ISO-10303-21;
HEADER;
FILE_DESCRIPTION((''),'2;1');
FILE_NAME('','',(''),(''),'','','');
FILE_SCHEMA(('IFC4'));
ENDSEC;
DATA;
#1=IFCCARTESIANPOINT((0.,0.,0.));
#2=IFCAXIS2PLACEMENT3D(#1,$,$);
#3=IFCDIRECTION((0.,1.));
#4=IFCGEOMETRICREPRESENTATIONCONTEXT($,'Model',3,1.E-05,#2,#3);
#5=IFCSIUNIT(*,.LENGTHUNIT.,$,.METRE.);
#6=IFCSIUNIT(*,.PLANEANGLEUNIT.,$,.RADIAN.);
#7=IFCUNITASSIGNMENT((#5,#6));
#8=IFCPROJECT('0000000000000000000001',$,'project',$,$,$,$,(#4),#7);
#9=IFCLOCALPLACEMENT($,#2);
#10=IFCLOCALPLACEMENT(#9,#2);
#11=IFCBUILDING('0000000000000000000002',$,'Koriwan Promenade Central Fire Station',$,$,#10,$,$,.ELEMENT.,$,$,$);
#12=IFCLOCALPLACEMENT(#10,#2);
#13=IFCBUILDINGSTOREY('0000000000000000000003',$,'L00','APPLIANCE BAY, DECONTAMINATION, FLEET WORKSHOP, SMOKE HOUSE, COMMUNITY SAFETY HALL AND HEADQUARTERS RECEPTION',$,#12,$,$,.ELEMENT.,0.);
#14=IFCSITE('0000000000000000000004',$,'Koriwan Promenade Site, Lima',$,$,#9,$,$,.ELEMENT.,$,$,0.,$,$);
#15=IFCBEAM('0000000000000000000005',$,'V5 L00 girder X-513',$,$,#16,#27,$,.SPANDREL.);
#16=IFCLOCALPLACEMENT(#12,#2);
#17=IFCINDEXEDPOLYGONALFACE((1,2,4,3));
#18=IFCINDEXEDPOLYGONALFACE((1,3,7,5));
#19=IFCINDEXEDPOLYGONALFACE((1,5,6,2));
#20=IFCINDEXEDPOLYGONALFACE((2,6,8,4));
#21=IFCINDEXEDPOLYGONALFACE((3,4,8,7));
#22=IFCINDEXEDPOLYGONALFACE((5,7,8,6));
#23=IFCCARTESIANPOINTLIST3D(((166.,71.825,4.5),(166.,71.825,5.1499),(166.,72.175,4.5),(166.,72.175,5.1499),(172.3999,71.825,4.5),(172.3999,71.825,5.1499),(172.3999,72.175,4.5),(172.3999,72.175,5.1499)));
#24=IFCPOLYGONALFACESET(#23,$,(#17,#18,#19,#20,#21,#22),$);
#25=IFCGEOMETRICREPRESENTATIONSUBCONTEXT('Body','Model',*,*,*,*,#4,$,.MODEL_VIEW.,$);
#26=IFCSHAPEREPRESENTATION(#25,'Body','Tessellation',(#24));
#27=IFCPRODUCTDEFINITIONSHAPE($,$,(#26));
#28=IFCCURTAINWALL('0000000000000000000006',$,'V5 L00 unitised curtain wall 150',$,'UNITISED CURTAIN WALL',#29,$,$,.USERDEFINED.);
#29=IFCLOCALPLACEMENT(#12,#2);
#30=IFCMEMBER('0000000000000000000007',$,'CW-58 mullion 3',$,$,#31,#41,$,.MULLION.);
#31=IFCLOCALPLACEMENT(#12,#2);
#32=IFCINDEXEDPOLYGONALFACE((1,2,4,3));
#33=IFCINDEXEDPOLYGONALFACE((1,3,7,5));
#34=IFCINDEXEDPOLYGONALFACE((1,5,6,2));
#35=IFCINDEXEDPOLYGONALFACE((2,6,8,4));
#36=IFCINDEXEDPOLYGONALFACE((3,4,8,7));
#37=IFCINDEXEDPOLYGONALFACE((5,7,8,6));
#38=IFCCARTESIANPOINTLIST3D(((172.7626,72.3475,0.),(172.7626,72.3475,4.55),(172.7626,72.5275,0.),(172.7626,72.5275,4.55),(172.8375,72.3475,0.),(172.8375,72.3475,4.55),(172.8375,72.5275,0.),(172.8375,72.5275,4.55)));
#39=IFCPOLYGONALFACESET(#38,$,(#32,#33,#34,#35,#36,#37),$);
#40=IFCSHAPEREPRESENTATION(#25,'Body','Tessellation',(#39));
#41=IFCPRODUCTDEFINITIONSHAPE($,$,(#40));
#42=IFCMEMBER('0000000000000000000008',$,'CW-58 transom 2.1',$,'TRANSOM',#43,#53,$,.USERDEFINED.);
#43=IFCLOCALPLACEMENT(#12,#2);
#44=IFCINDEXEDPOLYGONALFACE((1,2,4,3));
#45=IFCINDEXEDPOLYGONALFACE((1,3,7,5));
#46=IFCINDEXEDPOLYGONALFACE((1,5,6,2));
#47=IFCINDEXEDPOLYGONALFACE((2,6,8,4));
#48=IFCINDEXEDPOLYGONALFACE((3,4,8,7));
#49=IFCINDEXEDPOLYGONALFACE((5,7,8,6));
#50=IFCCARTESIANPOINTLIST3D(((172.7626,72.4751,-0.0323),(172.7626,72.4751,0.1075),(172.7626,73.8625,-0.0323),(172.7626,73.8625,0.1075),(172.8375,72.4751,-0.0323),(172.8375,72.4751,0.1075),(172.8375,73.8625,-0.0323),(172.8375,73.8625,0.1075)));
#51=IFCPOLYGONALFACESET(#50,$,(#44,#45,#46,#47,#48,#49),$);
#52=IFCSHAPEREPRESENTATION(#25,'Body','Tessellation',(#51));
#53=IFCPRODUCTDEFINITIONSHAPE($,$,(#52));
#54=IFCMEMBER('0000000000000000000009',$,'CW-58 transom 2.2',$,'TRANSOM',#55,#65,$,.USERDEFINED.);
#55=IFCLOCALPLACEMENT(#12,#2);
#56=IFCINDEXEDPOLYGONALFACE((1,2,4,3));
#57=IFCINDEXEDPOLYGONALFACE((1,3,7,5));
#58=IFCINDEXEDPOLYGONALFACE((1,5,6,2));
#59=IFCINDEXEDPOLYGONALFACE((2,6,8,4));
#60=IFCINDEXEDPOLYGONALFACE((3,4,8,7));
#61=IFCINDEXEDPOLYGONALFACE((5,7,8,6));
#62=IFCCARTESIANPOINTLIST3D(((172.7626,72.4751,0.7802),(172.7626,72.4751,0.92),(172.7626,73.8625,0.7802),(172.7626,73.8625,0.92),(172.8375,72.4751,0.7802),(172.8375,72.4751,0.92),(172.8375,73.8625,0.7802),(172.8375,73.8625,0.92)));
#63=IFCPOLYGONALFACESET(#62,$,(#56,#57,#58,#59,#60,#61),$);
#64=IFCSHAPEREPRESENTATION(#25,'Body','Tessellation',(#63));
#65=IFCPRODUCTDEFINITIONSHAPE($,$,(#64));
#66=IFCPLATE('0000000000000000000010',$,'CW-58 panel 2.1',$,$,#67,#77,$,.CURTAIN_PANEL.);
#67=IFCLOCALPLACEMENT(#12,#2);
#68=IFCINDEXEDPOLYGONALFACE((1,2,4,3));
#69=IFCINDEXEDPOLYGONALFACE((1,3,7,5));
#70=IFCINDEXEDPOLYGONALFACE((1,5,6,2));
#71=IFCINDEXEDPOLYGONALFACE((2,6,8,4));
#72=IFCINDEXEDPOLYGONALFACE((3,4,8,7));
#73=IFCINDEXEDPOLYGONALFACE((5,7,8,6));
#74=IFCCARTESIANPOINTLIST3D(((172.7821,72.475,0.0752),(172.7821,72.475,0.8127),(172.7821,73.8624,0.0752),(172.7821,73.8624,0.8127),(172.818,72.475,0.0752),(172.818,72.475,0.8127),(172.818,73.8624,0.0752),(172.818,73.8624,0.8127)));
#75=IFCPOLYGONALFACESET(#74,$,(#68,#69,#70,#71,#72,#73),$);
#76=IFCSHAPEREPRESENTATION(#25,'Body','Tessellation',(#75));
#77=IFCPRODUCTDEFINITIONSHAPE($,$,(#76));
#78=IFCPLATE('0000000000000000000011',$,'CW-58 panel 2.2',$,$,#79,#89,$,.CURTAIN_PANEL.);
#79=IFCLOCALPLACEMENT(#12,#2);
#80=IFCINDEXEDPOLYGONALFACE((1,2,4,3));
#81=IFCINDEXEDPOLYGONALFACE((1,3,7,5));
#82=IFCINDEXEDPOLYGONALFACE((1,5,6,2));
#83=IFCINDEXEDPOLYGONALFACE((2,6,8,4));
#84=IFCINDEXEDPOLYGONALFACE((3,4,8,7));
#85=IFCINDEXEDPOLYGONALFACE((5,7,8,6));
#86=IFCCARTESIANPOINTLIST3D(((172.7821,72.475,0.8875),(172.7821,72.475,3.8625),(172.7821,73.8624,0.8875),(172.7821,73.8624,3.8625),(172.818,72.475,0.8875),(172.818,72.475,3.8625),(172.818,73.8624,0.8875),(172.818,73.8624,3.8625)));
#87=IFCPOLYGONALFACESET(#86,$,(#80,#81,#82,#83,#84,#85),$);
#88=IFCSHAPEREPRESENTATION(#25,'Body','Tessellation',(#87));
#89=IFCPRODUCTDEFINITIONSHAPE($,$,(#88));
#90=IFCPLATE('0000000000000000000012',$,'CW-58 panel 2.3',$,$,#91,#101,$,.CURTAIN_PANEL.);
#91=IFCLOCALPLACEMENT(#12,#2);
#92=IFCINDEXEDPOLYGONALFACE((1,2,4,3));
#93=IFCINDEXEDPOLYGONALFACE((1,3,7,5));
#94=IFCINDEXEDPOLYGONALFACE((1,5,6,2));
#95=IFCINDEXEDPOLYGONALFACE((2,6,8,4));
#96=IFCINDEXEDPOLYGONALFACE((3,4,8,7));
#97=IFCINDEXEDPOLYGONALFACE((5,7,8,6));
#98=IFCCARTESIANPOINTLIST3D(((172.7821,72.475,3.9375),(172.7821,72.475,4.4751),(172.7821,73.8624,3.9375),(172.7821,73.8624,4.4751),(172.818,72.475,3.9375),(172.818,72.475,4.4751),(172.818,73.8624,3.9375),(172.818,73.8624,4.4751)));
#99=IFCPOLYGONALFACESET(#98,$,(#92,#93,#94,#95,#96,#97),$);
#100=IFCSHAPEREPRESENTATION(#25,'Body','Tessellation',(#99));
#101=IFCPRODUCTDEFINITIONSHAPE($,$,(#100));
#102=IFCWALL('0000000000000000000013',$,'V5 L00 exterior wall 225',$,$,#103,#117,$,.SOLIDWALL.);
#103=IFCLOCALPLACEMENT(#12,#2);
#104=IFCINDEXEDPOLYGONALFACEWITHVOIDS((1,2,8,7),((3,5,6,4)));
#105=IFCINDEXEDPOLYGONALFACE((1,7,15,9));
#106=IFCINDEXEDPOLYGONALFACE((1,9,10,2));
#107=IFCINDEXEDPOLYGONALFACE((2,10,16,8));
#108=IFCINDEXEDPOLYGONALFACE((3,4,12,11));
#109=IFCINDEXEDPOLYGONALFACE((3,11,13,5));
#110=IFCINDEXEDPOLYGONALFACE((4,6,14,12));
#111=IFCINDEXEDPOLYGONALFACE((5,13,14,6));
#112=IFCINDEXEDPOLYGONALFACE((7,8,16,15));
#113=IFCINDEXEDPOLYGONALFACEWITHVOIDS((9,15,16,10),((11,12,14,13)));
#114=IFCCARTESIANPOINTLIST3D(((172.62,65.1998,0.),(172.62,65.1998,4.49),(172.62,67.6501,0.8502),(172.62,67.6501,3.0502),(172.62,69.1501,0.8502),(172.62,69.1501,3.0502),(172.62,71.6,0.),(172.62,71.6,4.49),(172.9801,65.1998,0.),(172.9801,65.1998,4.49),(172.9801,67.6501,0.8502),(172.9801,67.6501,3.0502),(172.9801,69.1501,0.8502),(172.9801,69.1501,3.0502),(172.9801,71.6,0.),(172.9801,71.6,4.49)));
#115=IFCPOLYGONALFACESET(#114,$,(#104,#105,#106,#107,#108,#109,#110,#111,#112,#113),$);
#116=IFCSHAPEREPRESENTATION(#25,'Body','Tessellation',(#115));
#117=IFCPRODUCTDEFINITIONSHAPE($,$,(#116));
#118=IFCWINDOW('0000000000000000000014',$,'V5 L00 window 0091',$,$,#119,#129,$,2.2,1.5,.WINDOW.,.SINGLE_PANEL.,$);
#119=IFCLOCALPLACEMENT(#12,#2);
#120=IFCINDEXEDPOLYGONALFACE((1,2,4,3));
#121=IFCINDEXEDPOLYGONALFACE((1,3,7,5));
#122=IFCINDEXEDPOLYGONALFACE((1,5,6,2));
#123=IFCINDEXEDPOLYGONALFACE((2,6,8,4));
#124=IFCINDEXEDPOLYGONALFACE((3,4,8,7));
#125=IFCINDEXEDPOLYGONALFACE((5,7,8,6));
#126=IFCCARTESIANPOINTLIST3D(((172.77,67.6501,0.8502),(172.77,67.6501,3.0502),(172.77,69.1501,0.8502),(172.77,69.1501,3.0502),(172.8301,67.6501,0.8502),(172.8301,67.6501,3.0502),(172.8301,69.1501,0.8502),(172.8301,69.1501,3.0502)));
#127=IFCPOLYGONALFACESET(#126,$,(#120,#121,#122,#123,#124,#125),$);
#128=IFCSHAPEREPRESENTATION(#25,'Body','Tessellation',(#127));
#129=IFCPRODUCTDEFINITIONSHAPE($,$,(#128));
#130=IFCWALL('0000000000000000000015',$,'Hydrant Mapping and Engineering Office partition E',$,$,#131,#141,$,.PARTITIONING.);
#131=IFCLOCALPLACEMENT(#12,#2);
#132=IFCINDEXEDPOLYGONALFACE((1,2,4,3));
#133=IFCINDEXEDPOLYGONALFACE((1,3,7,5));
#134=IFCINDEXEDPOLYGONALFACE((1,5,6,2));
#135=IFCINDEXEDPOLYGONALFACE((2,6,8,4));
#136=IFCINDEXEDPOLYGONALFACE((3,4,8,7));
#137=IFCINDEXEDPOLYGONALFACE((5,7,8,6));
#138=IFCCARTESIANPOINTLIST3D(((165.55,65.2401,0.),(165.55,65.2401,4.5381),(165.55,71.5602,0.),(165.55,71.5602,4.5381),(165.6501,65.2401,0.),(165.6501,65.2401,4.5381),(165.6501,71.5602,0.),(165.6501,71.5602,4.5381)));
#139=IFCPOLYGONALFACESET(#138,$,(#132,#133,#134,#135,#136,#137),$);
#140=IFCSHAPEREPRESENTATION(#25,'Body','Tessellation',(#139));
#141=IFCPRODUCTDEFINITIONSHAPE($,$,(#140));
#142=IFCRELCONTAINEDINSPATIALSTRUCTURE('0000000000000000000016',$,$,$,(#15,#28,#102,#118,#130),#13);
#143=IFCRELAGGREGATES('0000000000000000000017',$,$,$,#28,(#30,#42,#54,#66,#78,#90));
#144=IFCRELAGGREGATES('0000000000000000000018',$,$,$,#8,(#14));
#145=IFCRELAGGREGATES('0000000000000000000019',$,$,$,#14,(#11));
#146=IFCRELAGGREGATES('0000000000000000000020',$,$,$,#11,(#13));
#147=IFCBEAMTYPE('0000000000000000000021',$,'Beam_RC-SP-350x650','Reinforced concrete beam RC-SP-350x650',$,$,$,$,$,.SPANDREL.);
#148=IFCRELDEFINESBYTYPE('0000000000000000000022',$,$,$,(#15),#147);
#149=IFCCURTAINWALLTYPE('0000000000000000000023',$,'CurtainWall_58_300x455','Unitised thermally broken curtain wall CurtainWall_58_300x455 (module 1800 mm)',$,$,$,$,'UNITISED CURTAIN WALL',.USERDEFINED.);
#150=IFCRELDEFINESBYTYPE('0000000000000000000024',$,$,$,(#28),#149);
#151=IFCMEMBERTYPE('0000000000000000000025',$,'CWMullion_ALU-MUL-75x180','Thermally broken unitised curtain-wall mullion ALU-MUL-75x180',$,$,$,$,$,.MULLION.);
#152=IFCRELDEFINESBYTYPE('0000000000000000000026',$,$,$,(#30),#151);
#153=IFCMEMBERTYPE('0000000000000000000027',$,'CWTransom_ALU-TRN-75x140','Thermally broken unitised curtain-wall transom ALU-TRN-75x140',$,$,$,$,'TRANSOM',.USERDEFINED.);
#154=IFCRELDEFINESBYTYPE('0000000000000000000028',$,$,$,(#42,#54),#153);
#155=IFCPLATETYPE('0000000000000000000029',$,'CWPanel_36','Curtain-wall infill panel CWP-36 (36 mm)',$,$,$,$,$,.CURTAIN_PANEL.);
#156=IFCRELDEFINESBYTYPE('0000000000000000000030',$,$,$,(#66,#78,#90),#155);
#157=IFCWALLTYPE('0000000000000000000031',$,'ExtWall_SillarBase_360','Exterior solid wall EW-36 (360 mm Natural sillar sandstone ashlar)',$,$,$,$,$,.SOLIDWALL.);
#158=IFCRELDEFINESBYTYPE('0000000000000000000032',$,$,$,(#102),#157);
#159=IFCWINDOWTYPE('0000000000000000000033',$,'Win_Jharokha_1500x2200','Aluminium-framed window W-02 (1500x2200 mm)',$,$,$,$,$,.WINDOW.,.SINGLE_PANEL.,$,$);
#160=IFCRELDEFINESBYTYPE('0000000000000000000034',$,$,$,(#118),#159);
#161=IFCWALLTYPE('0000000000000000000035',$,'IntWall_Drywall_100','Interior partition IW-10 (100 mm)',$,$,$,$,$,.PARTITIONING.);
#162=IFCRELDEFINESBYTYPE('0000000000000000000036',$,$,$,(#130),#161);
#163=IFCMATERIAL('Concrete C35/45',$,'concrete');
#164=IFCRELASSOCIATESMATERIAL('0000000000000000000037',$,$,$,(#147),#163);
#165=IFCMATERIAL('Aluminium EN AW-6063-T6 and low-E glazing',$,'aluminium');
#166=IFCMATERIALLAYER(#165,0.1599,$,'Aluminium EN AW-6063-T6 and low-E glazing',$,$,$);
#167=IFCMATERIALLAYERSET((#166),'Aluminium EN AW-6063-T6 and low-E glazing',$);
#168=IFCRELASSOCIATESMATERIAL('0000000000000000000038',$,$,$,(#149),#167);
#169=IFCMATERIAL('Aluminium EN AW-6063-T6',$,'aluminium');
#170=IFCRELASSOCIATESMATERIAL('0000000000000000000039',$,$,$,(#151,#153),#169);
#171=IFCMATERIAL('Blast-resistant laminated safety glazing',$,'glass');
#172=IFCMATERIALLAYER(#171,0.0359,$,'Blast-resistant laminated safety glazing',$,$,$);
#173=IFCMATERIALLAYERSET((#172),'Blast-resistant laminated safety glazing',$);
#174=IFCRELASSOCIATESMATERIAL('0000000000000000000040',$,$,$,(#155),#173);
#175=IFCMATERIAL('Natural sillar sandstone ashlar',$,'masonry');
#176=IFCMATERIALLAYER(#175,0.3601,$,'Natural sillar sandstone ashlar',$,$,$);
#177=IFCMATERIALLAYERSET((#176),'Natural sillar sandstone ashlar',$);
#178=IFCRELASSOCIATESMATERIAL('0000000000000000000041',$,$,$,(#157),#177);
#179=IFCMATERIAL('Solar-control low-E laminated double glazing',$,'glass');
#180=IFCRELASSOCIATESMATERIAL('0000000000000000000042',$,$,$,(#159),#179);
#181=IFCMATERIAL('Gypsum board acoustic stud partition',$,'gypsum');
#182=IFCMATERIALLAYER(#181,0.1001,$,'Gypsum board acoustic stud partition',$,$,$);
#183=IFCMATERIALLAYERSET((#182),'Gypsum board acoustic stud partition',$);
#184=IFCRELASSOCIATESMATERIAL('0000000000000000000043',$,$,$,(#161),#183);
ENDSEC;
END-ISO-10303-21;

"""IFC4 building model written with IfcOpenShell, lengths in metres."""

from ifc_helpers import new_model, si_unit, direction, frame, frame_2d, origin, origin_2d, place, context, subcontext, project, spatial, rectangle, extrude, material, layer, layer_set, material_profile, profile_set, type_object, element, fill, aggregate, save


model = new_model("IFC4")

# Units and contexts
model_context = context("Model", 3, precision=1e-05, world=origin(), true_north=direction((0.0, 1.0)))
body_context = subcontext(model_context, "Body", "Model", "MODEL_VIEW")
ifc_project = project(units=[si_unit("LENGTHUNIT", "METRE"), si_unit("PLANEANGLEUNIT", "RADIAN")], contexts=[model_context])

# Site, building, storey
site_placement = place(None, origin())
site = spatial("IfcSite", under=ifc_project, at=site_placement, Name="Koriwan Promenade Site, Lima", CompositionType="ELEMENT", RefElevation=0.0)
building_placement = place(site_placement, origin())
building = spatial("IfcBuilding", under=site, at=building_placement, Name="Koriwan Promenade Central Fire Station", CompositionType="ELEMENT")
storey_placement = place(building_placement, origin())
storey = spatial("IfcBuildingStorey", under=building, at=storey_placement, Name="L00", Description="APPLIANCE BAY, DECONTAMINATION, FLEET WORKSHOP, SMOKE HOUSE, COMMUNITY SAFETY HALL AND HEADQUARTERS RECEPTION", CompositionType="ELEMENT", Elevation=0.0)

# Shared definitions
ifc_material_1 = material(Name="Concrete C35/45", Category="concrete")

# Beam
ifc_material_profile_1 = material_profile(ifc_material_1, rectangle(XDim=0.3501, YDim=0.6499, at=origin_2d()), Name="RC-SP-350x650")
ifc_profile_set_1 = profile_set([ifc_material_profile_1], Name="Concrete C35/45")
beam_type_1 = type_object("IfcBeamType", Name="Beam_RC-SP-350x650", Description="Reinforced concrete beam RC-SP-350x650", PredefinedType="SPANDREL", material=ifc_profile_set_1)
beam_1_placement = place(storey_placement, frame((166.0, 72.0, 4.825), z_axis=(1.0, 0.0, 0.0), x_axis=(0.0, 1.0, 0.0)))
element("IfcBeam", 1, at=beam_1_placement, inside=storey, type_object=beam_type_1, Name="V5 L00 girder X-513", PredefinedType="SPANDREL", context=body_context, shape_type="SweptSolid", body=[
    extrude(rectangle(XDim=0.3501, YDim=0.6499, at=origin_2d()), origin(), (0.0, 0.0, 1.0), 6.3999),
])

# Curtain wall, members, plates
ifc_material_2 = material(Name="Aluminium EN AW-6063-T6 and low-E glazing", Category="aluminium")
ifc_layer_1 = layer(ifc_material_2, 0.1599, Name="Aluminium EN AW-6063-T6 and low-E glazing")
ifc_layer_set_1 = layer_set([ifc_layer_1], Name="Aluminium EN AW-6063-T6 and low-E glazing")
curtain_wall_type = type_object("IfcCurtainWallType", Name="CurtainWall_58_300x455", Description="Unitised thermally broken curtain wall CurtainWall_58_300x455 (module 1800 mm)", ElementType="UNITISED CURTAIN WALL", PredefinedType="USERDEFINED", material=ifc_layer_set_1)
curtain_wall_placement = place(storey_placement, origin())
curtain_wall = element("IfcCurtainWall", 2, at=curtain_wall_placement, inside=storey, type_object=curtain_wall_type, Name="V5 L00 unitised curtain wall 150", ObjectType="UNITISED CURTAIN WALL", PredefinedType="USERDEFINED")
ifc_material_3 = material(Name="Aluminium EN AW-6063-T6", Category="aluminium")
ifc_material_profile_2 = material_profile(ifc_material_3, rectangle(XDim=0.075, YDim=0.1799, at=origin_2d()), Name="ALU-MUL-75x180")
ifc_profile_set_2 = profile_set([ifc_material_profile_2], Name="Aluminium EN AW-6063-T6")
member_type_1 = type_object("IfcMemberType", Name="CWMullion_ALU-MUL-75x180", Description="Thermally broken unitised curtain-wall mullion ALU-MUL-75x180", PredefinedType="MULLION", material=ifc_profile_set_2)
member_1_placement = place(storey_placement, frame((172.8, 72.4375, 0.0), z_axis=(0.0, 0.0, 1.0), x_axis=(1.0, 0.0, 0.0)))
member_1 = element("IfcMember", 3, at=member_1_placement, type_object=member_type_1, Name="CW-58 mullion 3", PredefinedType="MULLION", context=body_context, shape_type="SweptSolid", body=[
    extrude(rectangle(XDim=0.075, YDim=0.1799, at=origin_2d()), origin(), (0.0, 0.0, 1.0), 4.55),
])
ifc_material_profile_3 = material_profile(ifc_material_3, rectangle(XDim=0.075, YDim=0.1399, at=origin_2d()), Name="ALU-TRN-75x140")
ifc_profile_set_3 = profile_set([ifc_material_profile_3], Name="Aluminium EN AW-6063-T6")
member_type_2 = type_object("IfcMemberType", Name="CWTransom_ALU-TRN-75x140", Description="Thermally broken unitised curtain-wall transom ALU-TRN-75x140", ElementType="TRANSOM", PredefinedType="USERDEFINED", material=ifc_profile_set_3)
member_2_placement = place(storey_placement, frame((172.8, 73.8625, 0.0376), z_axis=(0.0, -1.0, 0.0), x_axis=(1.0, 0.0, 0.0)))
member_2 = element("IfcMember", 4, at=member_2_placement, type_object=member_type_2, Name="CW-58 transom 2.1", ObjectType="TRANSOM", PredefinedType="USERDEFINED", context=body_context, shape_type="SweptSolid", body=[
    extrude(rectangle(XDim=0.075, YDim=0.1399, at=origin_2d()), origin(), (0.0, 0.0, 1.0), 1.3875),
])
member_3_placement = place(storey_placement, frame((172.8, 73.8625, 0.8501), z_axis=(0.0, -1.0, 0.0), x_axis=(1.0, 0.0, 0.0)))
member_3 = element("IfcMember", 5, at=member_3_placement, type_object=member_type_2, Name="CW-58 transom 2.2", ObjectType="TRANSOM", PredefinedType="USERDEFINED", context=body_context, shape_type="SweptSolid", body=[
    extrude(rectangle(XDim=0.075, YDim=0.1399, at=origin_2d()), origin(), (0.0, 0.0, 1.0), 1.3875),
])
ifc_material_4 = material(Name="Blast-resistant laminated safety glazing", Category="glass")
ifc_layer_2 = layer(ifc_material_4, 0.0359, Name="Blast-resistant laminated safety glazing")
ifc_layer_set_2 = layer_set([ifc_layer_2], Name="Blast-resistant laminated safety glazing")
plate_type = type_object("IfcPlateType", Name="CWPanel_36", Description="Curtain-wall infill panel CWP-36 (36 mm)", PredefinedType="CURTAIN_PANEL", material=ifc_layer_set_2)
plate_1_placement = place(storey_placement, frame((172.8, 73.1687, 0.0752), z_axis=(0.0, 0.0, 1.0), x_axis=(0.0, -1.0, 0.0)))
plate_1 = element("IfcPlate", 6, at=plate_1_placement, type_object=plate_type, Name="CW-58 panel 2.1", PredefinedType="CURTAIN_PANEL", context=body_context, shape_type="SweptSolid", body=[
    extrude(rectangle(XDim=1.3875, YDim=0.0359, at=origin_2d()), origin(), (0.0, 0.0, 1.0), 0.7375),
])
plate_2_placement = place(storey_placement, frame((172.8, 73.1687, 0.8875), z_axis=(0.0, 0.0, 1.0), x_axis=(0.0, -1.0, 0.0)))
plate_2 = element("IfcPlate", 7, at=plate_2_placement, type_object=plate_type, Name="CW-58 panel 2.2", PredefinedType="CURTAIN_PANEL", context=body_context, shape_type="SweptSolid", body=[
    extrude(rectangle(XDim=1.3875, YDim=0.0359, at=origin_2d()), origin(), (0.0, 0.0, 1.0), 2.9751),
])
plate_3_placement = place(storey_placement, frame((172.8, 73.1687, 3.9375), z_axis=(0.0, 0.0, 1.0), x_axis=(0.0, -1.0, 0.0)))
plate_3 = element("IfcPlate", 8, at=plate_3_placement, type_object=plate_type, Name="CW-58 panel 2.3", PredefinedType="CURTAIN_PANEL", context=body_context, shape_type="SweptSolid", body=[
    extrude(rectangle(XDim=1.3875, YDim=0.0359, at=origin_2d()), origin(), (0.0, 0.0, 1.0), 0.5376),
])
aggregate(curtain_wall, [member_1, member_2, member_3, plate_1, plate_2, plate_3])

# Wall, opening, window
ifc_material_5 = material(Name="Natural sillar sandstone ashlar", Category="masonry")
ifc_layer_3 = layer(ifc_material_5, 0.3601, Name="Natural sillar sandstone ashlar")
ifc_layer_set_3 = layer_set([ifc_layer_3], Name="Natural sillar sandstone ashlar")
wall_type_1 = type_object("IfcWallType", Name="ExtWall_SillarBase_360", Description="Exterior solid wall EW-36 (360 mm Natural sillar sandstone ashlar)", PredefinedType="SOLIDWALL", material=ifc_layer_set_3)
wall_1_placement = place(storey_placement, frame((172.8, 71.6001, 0.0), z_axis=(0.0, 0.0, 1.0), x_axis=(0.0, -1.0, 0.0)))
wall_1 = element("IfcWall", 9, at=wall_1_placement, inside=storey, type_object=wall_type_1, Name="V5 L00 exterior wall 225", PredefinedType="SOLIDWALL", context=body_context, shape_type="SweptSolid", body=[
    extrude(rectangle(XDim=6.4001, YDim=0.3601, at=frame_2d((3.2002, 0.0))), origin(), (0.0, 0.0, 1.0), 4.49),
])
opening_placement = place(wall_1_placement, frame((2.45, 0.0, 0.8501)))
opening = element("IfcOpeningElement", 10, at=opening_placement, cuts=wall_1, PredefinedType="OPENING", context=body_context, shape_type="SweptSolid", body=[
    extrude(rectangle(XDim=1.5, YDim=2.2, at=frame_2d((0.75, 1.1001))), frame((0.0, 0.1919, 0.0), z_axis=(0.0, -1.0, 0.0), x_axis=(1.0, 0.0, 0.0)), (0.0, 0.0, 1.0), 0.384),
])
ifc_material_6 = material(Name="Solar-control low-E laminated double glazing", Category="glass")
window_type = type_object("IfcWindowType", Name="Win_Jharokha_1500x2200", Description="Aluminium-framed window W-02 (1500x2200 mm)", PartitioningType="SINGLE_PANEL", PredefinedType="WINDOW", material=ifc_material_6)
window_placement = place(opening_placement, origin())
window = element("IfcWindow", 11, at=window_placement, inside=storey, type_object=window_type, Name="V5 L00 window 0091", OverallHeight=2.2, OverallWidth=1.5, PartitioningType="SINGLE_PANEL", PredefinedType="WINDOW", context=body_context, shape_type="SweptSolid", body=[
    extrude(rectangle(XDim=1.5, YDim=2.2, at=frame_2d((0.75, 1.1001))), frame((0.0, 0.03, 0.0), z_axis=(0.0, -1.0, 0.0), x_axis=(1.0, 0.0, 0.0)), (0.0, 0.0, 1.0), 0.0601),
])
fill(opening, window)

# Wall
ifc_material_7 = material(Name="Gypsum board acoustic stud partition", Category="gypsum")
ifc_layer_4 = layer(ifc_material_7, 0.1001, Name="Gypsum board acoustic stud partition")
ifc_layer_set_4 = layer_set([ifc_layer_4], Name="Gypsum board acoustic stud partition")
wall_type_2 = type_object("IfcWallType", Name="IntWall_Drywall_100", Description="Interior partition IW-10 (100 mm)", PredefinedType="PARTITIONING", material=ifc_layer_set_4)
wall_2_placement = place(storey_placement, frame((165.6001, 65.24, 0.0), z_axis=(0.0, 0.0, 1.0), x_axis=(0.0, 1.0, 0.0)))
element("IfcWall", 12, at=wall_2_placement, inside=storey, type_object=wall_type_2, Name="Hydrant Mapping and Engineering Office partition E", PredefinedType="PARTITIONING", context=body_context, shape_type="SweptSolid", body=[
    extrude(rectangle(XDim=6.3201, YDim=0.1001, at=frame_2d((3.1602, 0.0))), origin(), (0.0, 0.0, 1.0), 4.5381),
])

save(model, "model.ifc")
